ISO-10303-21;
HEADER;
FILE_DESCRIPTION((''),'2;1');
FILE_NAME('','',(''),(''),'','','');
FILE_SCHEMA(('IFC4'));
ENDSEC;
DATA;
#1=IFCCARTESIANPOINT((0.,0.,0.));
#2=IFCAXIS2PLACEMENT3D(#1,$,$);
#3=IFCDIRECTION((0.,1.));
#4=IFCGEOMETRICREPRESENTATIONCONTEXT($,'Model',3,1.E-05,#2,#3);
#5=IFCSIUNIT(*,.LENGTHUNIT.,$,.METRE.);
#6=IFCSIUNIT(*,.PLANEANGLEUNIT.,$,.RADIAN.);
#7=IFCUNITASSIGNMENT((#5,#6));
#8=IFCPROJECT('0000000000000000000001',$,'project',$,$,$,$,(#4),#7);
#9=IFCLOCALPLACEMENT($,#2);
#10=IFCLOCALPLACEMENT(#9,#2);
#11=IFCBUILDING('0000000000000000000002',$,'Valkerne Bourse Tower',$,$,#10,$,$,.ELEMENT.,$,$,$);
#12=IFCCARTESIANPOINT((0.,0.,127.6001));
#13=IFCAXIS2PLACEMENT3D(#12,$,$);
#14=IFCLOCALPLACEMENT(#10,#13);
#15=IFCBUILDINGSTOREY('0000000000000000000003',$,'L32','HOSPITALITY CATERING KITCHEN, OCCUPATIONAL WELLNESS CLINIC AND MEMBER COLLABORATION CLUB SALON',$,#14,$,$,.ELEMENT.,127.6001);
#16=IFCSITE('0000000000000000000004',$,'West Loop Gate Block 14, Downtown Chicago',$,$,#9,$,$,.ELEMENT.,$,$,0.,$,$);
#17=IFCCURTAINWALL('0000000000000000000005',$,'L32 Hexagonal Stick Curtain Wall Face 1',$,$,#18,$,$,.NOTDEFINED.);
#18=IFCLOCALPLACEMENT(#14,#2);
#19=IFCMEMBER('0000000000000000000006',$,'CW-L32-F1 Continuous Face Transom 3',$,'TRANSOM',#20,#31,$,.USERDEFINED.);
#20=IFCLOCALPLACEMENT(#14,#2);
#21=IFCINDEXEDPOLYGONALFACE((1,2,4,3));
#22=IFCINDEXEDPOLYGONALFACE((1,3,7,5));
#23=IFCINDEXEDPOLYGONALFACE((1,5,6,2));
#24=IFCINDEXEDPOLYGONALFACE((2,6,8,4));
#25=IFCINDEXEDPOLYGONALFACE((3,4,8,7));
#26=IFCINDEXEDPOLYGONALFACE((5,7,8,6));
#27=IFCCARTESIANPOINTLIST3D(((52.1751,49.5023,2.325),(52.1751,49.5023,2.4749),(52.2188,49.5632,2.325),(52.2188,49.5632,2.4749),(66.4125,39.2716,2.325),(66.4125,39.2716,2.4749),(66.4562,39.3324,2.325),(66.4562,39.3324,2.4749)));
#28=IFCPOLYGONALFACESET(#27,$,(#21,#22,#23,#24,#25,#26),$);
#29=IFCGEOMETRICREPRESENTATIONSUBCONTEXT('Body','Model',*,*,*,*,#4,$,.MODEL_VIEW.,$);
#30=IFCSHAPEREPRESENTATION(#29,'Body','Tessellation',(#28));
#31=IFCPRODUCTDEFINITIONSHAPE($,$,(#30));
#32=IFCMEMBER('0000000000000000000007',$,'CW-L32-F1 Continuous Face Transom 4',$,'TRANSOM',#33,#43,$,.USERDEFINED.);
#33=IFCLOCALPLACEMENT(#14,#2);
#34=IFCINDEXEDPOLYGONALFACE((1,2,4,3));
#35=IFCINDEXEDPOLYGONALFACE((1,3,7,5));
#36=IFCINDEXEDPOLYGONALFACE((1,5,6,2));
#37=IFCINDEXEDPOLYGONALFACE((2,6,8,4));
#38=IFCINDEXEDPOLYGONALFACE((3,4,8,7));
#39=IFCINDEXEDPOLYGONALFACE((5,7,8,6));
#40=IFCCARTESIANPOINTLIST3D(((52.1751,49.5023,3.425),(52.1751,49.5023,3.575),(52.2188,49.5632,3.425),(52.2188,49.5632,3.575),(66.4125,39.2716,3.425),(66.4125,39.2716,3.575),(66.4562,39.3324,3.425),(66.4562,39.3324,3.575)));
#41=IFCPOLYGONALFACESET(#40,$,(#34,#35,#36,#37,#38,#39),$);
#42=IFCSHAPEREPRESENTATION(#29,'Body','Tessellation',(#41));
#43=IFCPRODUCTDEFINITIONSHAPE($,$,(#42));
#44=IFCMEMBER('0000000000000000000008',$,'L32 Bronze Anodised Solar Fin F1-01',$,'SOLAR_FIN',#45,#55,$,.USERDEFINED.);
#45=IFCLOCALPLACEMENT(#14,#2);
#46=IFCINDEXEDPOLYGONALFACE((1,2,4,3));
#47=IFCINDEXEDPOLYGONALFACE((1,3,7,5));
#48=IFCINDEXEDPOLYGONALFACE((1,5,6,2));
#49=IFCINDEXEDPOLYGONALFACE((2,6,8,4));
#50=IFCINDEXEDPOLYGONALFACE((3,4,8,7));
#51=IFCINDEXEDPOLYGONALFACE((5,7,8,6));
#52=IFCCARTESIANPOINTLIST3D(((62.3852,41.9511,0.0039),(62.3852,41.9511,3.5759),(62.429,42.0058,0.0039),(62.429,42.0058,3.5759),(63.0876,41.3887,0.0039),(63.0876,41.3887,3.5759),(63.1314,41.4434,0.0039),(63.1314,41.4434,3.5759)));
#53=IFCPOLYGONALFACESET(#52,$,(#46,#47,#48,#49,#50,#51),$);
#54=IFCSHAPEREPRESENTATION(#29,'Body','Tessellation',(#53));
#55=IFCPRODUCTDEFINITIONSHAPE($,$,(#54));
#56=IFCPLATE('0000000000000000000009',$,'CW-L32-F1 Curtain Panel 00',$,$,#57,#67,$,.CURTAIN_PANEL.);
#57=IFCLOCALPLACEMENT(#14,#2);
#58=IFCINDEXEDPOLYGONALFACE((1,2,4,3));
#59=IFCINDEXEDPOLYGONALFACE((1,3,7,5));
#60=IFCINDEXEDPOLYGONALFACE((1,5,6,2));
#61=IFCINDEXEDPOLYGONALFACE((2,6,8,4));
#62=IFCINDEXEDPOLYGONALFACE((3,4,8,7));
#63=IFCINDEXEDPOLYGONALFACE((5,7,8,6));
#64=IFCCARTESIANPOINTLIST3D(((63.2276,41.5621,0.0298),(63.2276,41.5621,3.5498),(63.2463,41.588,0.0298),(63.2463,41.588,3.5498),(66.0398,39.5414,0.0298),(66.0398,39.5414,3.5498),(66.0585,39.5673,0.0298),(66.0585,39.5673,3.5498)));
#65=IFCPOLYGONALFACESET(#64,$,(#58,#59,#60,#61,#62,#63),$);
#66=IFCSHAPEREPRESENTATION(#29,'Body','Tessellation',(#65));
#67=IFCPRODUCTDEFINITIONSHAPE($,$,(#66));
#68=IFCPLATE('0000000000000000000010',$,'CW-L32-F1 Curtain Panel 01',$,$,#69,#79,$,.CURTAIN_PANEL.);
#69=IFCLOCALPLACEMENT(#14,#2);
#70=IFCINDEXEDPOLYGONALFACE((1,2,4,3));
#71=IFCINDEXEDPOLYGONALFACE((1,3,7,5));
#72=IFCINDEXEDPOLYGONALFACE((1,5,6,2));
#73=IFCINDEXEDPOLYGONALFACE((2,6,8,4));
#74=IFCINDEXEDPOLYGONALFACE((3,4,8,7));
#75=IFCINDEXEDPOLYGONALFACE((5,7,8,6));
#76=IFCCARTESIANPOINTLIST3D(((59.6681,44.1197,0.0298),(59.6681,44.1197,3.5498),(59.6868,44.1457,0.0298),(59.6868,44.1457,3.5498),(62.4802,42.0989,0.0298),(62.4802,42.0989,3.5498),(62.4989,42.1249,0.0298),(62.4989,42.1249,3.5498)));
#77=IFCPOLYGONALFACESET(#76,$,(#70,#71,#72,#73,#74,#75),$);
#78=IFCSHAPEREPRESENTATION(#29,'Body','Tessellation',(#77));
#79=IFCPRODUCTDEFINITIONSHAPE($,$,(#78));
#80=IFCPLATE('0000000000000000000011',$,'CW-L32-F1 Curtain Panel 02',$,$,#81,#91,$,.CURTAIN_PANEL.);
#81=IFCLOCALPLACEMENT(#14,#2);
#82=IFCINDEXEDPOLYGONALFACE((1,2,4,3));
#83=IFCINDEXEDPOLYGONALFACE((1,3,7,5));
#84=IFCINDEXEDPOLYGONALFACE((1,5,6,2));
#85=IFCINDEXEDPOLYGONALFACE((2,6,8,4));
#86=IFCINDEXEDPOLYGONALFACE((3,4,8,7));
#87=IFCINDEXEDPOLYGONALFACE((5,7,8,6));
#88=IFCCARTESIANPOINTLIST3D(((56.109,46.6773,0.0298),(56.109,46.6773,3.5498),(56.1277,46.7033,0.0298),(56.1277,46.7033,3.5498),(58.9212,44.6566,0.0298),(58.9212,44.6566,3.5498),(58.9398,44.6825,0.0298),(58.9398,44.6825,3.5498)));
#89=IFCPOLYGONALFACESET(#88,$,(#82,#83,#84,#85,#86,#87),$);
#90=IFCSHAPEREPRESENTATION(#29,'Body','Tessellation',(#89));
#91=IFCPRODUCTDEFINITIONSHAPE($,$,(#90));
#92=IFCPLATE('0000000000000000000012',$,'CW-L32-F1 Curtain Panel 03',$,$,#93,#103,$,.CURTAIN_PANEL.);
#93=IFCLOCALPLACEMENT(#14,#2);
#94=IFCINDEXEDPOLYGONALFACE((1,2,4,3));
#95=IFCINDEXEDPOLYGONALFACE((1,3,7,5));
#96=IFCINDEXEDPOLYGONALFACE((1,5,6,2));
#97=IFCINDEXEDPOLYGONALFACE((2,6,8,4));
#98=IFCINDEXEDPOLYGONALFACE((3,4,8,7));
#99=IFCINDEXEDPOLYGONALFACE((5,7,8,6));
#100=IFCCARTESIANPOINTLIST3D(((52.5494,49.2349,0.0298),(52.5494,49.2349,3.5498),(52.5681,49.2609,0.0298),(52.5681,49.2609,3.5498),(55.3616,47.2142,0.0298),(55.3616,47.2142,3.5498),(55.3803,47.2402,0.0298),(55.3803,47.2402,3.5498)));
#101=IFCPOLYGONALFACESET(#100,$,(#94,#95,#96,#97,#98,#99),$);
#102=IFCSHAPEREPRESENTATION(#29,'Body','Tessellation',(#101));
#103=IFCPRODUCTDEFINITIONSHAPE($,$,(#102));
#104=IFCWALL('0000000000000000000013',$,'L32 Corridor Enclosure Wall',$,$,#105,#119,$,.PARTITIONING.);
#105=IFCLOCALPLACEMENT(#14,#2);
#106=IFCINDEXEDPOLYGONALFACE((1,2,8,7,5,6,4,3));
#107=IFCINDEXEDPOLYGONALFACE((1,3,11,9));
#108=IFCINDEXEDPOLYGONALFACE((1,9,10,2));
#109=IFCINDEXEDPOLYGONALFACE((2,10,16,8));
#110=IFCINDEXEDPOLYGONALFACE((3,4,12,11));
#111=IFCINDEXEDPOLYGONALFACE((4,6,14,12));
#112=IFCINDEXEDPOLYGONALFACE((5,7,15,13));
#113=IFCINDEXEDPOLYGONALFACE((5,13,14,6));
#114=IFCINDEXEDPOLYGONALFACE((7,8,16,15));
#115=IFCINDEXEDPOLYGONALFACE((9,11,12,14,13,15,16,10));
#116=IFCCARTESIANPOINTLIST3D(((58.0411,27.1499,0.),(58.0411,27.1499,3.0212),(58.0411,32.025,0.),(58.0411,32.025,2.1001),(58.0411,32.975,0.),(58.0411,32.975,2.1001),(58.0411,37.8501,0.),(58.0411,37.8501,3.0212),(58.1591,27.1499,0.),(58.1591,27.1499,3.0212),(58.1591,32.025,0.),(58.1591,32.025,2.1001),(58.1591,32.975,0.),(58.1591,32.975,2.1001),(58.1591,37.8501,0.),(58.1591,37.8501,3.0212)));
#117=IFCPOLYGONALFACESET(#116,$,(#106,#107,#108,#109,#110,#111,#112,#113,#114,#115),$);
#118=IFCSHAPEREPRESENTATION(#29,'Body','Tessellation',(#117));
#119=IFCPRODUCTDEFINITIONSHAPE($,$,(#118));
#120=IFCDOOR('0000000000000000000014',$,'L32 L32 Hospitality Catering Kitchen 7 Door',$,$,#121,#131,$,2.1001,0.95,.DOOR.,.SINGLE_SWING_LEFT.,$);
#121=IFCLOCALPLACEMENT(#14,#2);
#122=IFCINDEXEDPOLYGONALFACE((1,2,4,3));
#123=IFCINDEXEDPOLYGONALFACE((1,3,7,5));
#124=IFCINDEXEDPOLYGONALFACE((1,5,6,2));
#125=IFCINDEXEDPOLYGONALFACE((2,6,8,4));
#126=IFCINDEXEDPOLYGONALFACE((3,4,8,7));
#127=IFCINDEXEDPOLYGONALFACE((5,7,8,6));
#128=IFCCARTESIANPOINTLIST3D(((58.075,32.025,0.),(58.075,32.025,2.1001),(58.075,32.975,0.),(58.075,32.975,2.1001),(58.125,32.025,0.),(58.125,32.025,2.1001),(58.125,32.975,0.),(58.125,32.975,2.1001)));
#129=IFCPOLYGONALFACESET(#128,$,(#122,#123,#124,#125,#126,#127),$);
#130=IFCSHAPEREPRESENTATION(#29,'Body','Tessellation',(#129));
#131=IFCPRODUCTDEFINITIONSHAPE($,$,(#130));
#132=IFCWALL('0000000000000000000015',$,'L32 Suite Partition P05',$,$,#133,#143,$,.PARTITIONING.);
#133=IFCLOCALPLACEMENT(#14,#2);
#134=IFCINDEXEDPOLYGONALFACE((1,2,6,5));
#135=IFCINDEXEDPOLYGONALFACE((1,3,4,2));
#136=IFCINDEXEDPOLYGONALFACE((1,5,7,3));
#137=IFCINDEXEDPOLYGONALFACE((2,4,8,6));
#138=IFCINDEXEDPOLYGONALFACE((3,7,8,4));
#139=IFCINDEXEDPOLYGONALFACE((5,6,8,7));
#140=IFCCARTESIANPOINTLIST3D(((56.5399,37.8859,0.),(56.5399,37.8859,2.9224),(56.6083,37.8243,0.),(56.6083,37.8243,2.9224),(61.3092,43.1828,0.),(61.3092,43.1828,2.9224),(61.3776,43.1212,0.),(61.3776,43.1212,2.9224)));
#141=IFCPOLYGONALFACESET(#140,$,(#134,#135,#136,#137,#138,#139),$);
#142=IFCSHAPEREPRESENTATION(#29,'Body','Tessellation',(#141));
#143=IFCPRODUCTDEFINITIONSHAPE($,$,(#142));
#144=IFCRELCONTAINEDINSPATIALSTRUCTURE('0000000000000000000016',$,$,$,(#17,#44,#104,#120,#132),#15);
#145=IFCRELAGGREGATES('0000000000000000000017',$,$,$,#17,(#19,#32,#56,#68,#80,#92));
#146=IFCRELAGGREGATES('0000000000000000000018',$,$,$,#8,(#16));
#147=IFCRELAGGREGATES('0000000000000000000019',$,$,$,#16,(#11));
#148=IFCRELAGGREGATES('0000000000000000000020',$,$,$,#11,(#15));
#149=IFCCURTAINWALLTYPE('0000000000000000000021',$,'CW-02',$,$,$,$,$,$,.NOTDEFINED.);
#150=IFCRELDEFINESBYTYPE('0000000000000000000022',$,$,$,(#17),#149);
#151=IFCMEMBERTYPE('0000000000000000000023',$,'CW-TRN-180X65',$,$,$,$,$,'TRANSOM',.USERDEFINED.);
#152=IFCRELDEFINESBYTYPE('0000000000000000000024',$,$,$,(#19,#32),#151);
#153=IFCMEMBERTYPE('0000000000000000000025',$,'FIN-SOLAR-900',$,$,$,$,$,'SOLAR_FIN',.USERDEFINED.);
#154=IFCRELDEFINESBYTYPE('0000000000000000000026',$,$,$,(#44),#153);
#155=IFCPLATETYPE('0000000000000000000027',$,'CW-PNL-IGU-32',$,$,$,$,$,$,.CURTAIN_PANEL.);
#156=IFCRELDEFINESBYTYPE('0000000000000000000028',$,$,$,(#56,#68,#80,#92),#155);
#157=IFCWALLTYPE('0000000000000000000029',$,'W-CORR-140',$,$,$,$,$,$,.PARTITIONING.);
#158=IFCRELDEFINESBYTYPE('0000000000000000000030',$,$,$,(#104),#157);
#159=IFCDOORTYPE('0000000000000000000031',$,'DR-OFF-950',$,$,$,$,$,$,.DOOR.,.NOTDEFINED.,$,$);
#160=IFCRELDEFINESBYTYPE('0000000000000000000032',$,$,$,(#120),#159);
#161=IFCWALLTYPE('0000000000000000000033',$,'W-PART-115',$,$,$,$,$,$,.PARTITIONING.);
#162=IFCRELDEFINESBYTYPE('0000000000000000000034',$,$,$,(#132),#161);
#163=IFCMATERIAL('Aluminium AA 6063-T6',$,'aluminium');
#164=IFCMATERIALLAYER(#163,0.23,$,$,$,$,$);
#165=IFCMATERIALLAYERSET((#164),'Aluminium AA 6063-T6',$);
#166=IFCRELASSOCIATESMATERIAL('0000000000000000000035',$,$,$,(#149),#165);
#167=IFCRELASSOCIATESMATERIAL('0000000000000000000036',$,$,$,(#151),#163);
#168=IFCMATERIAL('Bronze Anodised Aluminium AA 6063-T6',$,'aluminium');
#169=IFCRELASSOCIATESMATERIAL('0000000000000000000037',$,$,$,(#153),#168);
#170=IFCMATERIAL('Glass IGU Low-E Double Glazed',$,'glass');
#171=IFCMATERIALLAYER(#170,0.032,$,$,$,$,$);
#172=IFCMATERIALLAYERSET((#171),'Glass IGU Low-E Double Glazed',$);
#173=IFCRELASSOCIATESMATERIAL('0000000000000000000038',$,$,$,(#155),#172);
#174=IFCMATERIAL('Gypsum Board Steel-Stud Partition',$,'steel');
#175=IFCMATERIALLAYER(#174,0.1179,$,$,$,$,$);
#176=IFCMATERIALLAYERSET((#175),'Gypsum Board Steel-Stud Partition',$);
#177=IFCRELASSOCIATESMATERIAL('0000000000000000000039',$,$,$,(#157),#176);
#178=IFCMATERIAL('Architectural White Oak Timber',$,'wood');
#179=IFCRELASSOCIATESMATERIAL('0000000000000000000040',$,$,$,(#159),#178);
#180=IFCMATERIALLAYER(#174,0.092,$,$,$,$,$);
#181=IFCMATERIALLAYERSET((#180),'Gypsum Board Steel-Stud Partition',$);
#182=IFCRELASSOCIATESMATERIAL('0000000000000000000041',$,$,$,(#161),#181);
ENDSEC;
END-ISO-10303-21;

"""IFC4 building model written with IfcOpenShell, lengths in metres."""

from ifc_helpers import new_model, si_unit, direction, frame, frame_2d, origin, origin_2d, place, context, subcontext, project, spatial, rectangle, extrude, material, layer, layer_set, material_profile, profile_set, type_object, element, fill, aggregate, save


model = new_model("IFC4")

# Units and contexts
model_context = context("Model", 3, precision=1e-05, world=origin(), true_north=direction((0.0, 1.0)))
body_context = subcontext(model_context, "Body", "Model", "MODEL_VIEW")
ifc_project = project(units=[si_unit("LENGTHUNIT", "METRE"), si_unit("PLANEANGLEUNIT", "RADIAN")], contexts=[model_context])

# Site, building, storey
site_placement = place(None, origin())
site = spatial("IfcSite", under=ifc_project, at=site_placement, Name="West Loop Gate Block 14, Downtown Chicago", CompositionType="ELEMENT", RefElevation=0.0)
building_placement = place(site_placement, origin())
building = spatial("IfcBuilding", under=site, at=building_placement, Name="Valkerne Bourse Tower", CompositionType="ELEMENT")
storey_placement = place(building_placement, frame((0.0, 0.0, 127.6001)))
storey = spatial("IfcBuildingStorey", under=building, at=storey_placement, Name="L32", Description="HOSPITALITY CATERING KITCHEN, OCCUPATIONAL WELLNESS CLINIC AND MEMBER COLLABORATION CLUB SALON", CompositionType="ELEMENT", Elevation=127.6001)

# Curtain wall, members
ifc_material_1 = material(Name="Aluminium AA 6063-T6", Category="aluminium")
ifc_layer_1 = layer(ifc_material_1, 0.23)
ifc_layer_set_1 = layer_set([ifc_layer_1], Name="Aluminium AA 6063-T6")
curtain_wall_type = type_object("IfcCurtainWallType", Name="CW-02", PredefinedType="NOTDEFINED", material=ifc_layer_set_1)
curtain_wall_placement = place(storey_placement, origin())
curtain_wall = element("IfcCurtainWall", 1, at=curtain_wall_placement, inside=storey, type_object=curtain_wall_type, Name="L32 Hexagonal Stick Curtain Wall Face 1", PredefinedType="NOTDEFINED")
ifc_material_profile_1 = material_profile(ifc_material_1, rectangle(XDim=0.075, YDim=0.1499, at=origin_2d()), Name="CWT-75X150")
ifc_profile_set_1 = profile_set([ifc_material_profile_1], Name="Aluminium AA 6063-T6")
member_type_1 = type_object("IfcMemberType", Name="CW-TRN-180X65", ElementType="TRANSOM", PredefinedType="USERDEFINED", material=ifc_profile_set_1)
member_1_placement = place(storey_placement, frame((66.4343, 39.302, 2.3999), z_axis=(-0.812079, 0.583548, 0.0), x_axis=(-0.583548, -0.812079, 0.0)))
member_1 = element("IfcMember", 2, at=member_1_placement, type_object=member_type_1, Name="CW-L32-F1 Continuous Face Transom 3", ObjectType="TRANSOM", PredefinedType="USERDEFINED", context=body_context, shape_type="SweptSolid", body=[
    extrude(rectangle(XDim=0.075, YDim=0.1499, at=origin_2d()), origin(), (0.0, 0.0, 1.0), 17.532),
])
member_2_placement = place(storey_placement, frame((66.4343, 39.302, 3.5), z_axis=(-0.812079, 0.583548, 0.0), x_axis=(-0.583548, -0.812079, 0.0)))
member_2 = element("IfcMember", 3, at=member_2_placement, type_object=member_type_1, Name="CW-L32-F1 Continuous Face Transom 4", ObjectType="TRANSOM", PredefinedType="USERDEFINED", context=body_context, shape_type="SweptSolid", body=[
    extrude(rectangle(XDim=0.075, YDim=0.1499, at=origin_2d()), origin(), (0.0, 0.0, 1.0), 17.532),
])

# Member
ifc_material_2 = material(Name="Bronze Anodised Aluminium AA 6063-T6", Category="aluminium")
ifc_material_profile_2 = material_profile(ifc_material_2, rectangle(XDim=0.0701, YDim=0.8999, at=origin_2d()), Name="FIN-70X900")
ifc_profile_set_2 = profile_set([ifc_material_profile_2], Name="Bronze Anodised Aluminium AA 6063-T6")
member_type_2 = type_object("IfcMemberType", Name="FIN-SOLAR-900", ElementType="SOLAR_FIN", PredefinedType="USERDEFINED", material=ifc_profile_set_2)
member_3_placement = place(storey_placement, frame((62.7583, 41.6973, 0.0039), z_axis=(0.0, 0.0, 1.0), x_axis=(0.625012, 0.780615, 0.0)))
element("IfcMember", 4, at=member_3_placement, inside=storey, type_object=member_type_2, Name="L32 Bronze Anodised Solar Fin F1-01", ObjectType="SOLAR_FIN", PredefinedType="USERDEFINED", context=body_context, shape_type="SweptSolid", body=[
    extrude(rectangle(XDim=0.0701, YDim=0.8999, at=origin_2d()), origin(), (0.0, 0.0, 1.0), 3.572),
])

# Plates
ifc_material_3 = material(Name="Glass IGU Low-E Double Glazed", Category="glass")
ifc_layer_2 = layer(ifc_material_3, 0.032)
ifc_layer_set_2 = layer_set([ifc_layer_2], Name="Glass IGU Low-E Double Glazed")
plate_type = type_object("IfcPlateType", Name="CW-PNL-IGU-32", PredefinedType="CURTAIN_PANEL", material=ifc_layer_set_2)
plate_1_placement = place(storey_placement, frame((64.6431, 40.5647, 0.0298), z_axis=(0.0, 0.0, 1.0), x_axis=(-0.812093, 0.583528, 0.0)))
plate_1 = element("IfcPlate", 5, at=plate_1_placement, type_object=plate_type, Name="CW-L32-F1 Curtain Panel 00", PredefinedType="CURTAIN_PANEL", context=body_context, shape_type="SweptSolid", body=[
    extrude(rectangle(XDim=3.4629, YDim=0.032, at=origin_2d()), origin(), (0.0, 0.0, 1.0), 3.52),
])
plate_2_placement = place(storey_placement, frame((61.0835, 43.1223, 0.0298), z_axis=(0.0, 0.0, 1.0), x_axis=(-0.812074, 0.583554, 0.0)))
plate_2 = element("IfcPlate", 6, at=plate_2_placement, type_object=plate_type, Name="CW-L32-F1 Curtain Panel 01", PredefinedType="CURTAIN_PANEL", context=body_context, shape_type="SweptSolid", body=[
    extrude(rectangle(XDim=3.4629, YDim=0.032, at=origin_2d()), origin(), (0.0, 0.0, 1.0), 3.52),
])
plate_3_placement = place(storey_placement, frame((57.5244, 45.6799, 0.0298), z_axis=(0.0, 0.0, 1.0), x_axis=(-0.812082, 0.583543, 0.0)))
plate_3 = element("IfcPlate", 7, at=plate_3_placement, type_object=plate_type, Name="CW-L32-F1 Curtain Panel 02", PredefinedType="CURTAIN_PANEL", context=body_context, shape_type="SweptSolid", body=[
    extrude(rectangle(XDim=3.4629, YDim=0.032, at=origin_2d()), origin(), (0.0, 0.0, 1.0), 3.52),
])
plate_4_placement = place(storey_placement, frame((53.9648, 48.2375, 0.0298), z_axis=(0.0, 0.0, 1.0), x_axis=(-0.812093, 0.583528, 0.0)))
plate_4 = element("IfcPlate", 8, at=plate_4_placement, type_object=plate_type, Name="CW-L32-F1 Curtain Panel 03", PredefinedType="CURTAIN_PANEL", context=body_context, shape_type="SweptSolid", body=[
    extrude(rectangle(XDim=3.4629, YDim=0.032, at=origin_2d()), origin(), (0.0, 0.0, 1.0), 3.52),
])
aggregate(curtain_wall, [member_1, member_2, plate_1, plate_2, plate_3, plate_4])

# Wall, opening, door
ifc_material_4 = material(Name="Gypsum Board Steel-Stud Partition", Category="steel")
ifc_layer_3 = layer(ifc_material_4, 0.1179)
ifc_layer_set_3 = layer_set([ifc_layer_3], Name="Gypsum Board Steel-Stud Partition")
wall_type_1 = type_object("IfcWallType", Name="W-CORR-140", PredefinedType="PARTITIONING", material=ifc_layer_set_3)
wall_1_placement = place(storey_placement, frame((58.1001, 37.8501, 0.0), z_axis=(0.0, 0.0, 1.0), x_axis=(0.0, -1.0, 0.0)))
wall_1 = element("IfcWall", 9, at=wall_1_placement, inside=storey, type_object=wall_type_1, Name="L32 Corridor Enclosure Wall", PredefinedType="PARTITIONING", context=body_context, shape_type="SweptSolid", body=[
    extrude(rectangle(XDim=10.7002, YDim=0.1179, at=frame_2d((5.3501, 0.0))), origin(), (0.0, 0.0, 1.0), 3.0212),
])
opening_placement = place(wall_1_placement, frame((4.875, 0.0, 0.0)))
opening = element("IfcOpeningElement", 10, at=opening_placement, cuts=wall_1, PredefinedType="OPENING", context=body_context, shape_type="SweptSolid", body=[
    extrude(rectangle(XDim=0.95, YDim=2.1001, at=frame_2d((0.4751, 1.05))), frame((0.0, 0.0688, 0.0), z_axis=(0.0, -1.0, 0.0), x_axis=(1.0, 0.0, 0.0)), (0.0, 0.0, 1.0), 0.1379),
])
ifc_material_5 = material(Name="Architectural White Oak Timber", Category="wood")
door_type = type_object("IfcDoorType", Name="DR-OFF-950", OperationType="NOTDEFINED", PredefinedType="DOOR", material=ifc_material_5)
door_placement = place(opening_placement, origin())
door = element("IfcDoor", 11, at=door_placement, inside=storey, type_object=door_type, Name="L32 L32 Hospitality Catering Kitchen 7 Door", OperationType="SINGLE_SWING_LEFT", OverallHeight=2.1001, OverallWidth=0.95, PredefinedType="DOOR", context=body_context, shape_type="SweptSolid", body=[
    extrude(rectangle(XDim=0.95, YDim=2.1001, at=frame_2d((0.4751, 1.05))), frame((0.0, 0.0249, 0.0), z_axis=(0.0, -1.0, 0.0), x_axis=(1.0, 0.0, 0.0)), (0.0, 0.0, 1.0), 0.05),
])
fill(opening, door)

# Wall
ifc_layer_4 = layer(ifc_material_4, 0.092)
ifc_layer_set_4 = layer_set([ifc_layer_4], Name="Gypsum Board Steel-Stud Partition")
wall_type_2 = type_object("IfcWallType", Name="W-PART-115", PredefinedType="PARTITIONING", material=ifc_layer_set_4)
wall_2_placement = place(storey_placement, frame((56.574, 37.855, 0.0), z_axis=(0.0, 0.0, 1.0), x_axis=(0.669127, 0.743148, 0.0)))
element("IfcWall", 12, at=wall_2_placement, inside=storey, type_object=wall_type_2, Name="L32 Suite Partition P05", PredefinedType="PARTITIONING", context=body_context, shape_type="SweptSolid", body=[
    extrude(rectangle(XDim=7.1277, YDim=0.092, at=frame_2d((3.564, 0.0))), origin(), (0.0, 0.0, 1.0), 2.9224),
])

save(model, "model.ifc")
